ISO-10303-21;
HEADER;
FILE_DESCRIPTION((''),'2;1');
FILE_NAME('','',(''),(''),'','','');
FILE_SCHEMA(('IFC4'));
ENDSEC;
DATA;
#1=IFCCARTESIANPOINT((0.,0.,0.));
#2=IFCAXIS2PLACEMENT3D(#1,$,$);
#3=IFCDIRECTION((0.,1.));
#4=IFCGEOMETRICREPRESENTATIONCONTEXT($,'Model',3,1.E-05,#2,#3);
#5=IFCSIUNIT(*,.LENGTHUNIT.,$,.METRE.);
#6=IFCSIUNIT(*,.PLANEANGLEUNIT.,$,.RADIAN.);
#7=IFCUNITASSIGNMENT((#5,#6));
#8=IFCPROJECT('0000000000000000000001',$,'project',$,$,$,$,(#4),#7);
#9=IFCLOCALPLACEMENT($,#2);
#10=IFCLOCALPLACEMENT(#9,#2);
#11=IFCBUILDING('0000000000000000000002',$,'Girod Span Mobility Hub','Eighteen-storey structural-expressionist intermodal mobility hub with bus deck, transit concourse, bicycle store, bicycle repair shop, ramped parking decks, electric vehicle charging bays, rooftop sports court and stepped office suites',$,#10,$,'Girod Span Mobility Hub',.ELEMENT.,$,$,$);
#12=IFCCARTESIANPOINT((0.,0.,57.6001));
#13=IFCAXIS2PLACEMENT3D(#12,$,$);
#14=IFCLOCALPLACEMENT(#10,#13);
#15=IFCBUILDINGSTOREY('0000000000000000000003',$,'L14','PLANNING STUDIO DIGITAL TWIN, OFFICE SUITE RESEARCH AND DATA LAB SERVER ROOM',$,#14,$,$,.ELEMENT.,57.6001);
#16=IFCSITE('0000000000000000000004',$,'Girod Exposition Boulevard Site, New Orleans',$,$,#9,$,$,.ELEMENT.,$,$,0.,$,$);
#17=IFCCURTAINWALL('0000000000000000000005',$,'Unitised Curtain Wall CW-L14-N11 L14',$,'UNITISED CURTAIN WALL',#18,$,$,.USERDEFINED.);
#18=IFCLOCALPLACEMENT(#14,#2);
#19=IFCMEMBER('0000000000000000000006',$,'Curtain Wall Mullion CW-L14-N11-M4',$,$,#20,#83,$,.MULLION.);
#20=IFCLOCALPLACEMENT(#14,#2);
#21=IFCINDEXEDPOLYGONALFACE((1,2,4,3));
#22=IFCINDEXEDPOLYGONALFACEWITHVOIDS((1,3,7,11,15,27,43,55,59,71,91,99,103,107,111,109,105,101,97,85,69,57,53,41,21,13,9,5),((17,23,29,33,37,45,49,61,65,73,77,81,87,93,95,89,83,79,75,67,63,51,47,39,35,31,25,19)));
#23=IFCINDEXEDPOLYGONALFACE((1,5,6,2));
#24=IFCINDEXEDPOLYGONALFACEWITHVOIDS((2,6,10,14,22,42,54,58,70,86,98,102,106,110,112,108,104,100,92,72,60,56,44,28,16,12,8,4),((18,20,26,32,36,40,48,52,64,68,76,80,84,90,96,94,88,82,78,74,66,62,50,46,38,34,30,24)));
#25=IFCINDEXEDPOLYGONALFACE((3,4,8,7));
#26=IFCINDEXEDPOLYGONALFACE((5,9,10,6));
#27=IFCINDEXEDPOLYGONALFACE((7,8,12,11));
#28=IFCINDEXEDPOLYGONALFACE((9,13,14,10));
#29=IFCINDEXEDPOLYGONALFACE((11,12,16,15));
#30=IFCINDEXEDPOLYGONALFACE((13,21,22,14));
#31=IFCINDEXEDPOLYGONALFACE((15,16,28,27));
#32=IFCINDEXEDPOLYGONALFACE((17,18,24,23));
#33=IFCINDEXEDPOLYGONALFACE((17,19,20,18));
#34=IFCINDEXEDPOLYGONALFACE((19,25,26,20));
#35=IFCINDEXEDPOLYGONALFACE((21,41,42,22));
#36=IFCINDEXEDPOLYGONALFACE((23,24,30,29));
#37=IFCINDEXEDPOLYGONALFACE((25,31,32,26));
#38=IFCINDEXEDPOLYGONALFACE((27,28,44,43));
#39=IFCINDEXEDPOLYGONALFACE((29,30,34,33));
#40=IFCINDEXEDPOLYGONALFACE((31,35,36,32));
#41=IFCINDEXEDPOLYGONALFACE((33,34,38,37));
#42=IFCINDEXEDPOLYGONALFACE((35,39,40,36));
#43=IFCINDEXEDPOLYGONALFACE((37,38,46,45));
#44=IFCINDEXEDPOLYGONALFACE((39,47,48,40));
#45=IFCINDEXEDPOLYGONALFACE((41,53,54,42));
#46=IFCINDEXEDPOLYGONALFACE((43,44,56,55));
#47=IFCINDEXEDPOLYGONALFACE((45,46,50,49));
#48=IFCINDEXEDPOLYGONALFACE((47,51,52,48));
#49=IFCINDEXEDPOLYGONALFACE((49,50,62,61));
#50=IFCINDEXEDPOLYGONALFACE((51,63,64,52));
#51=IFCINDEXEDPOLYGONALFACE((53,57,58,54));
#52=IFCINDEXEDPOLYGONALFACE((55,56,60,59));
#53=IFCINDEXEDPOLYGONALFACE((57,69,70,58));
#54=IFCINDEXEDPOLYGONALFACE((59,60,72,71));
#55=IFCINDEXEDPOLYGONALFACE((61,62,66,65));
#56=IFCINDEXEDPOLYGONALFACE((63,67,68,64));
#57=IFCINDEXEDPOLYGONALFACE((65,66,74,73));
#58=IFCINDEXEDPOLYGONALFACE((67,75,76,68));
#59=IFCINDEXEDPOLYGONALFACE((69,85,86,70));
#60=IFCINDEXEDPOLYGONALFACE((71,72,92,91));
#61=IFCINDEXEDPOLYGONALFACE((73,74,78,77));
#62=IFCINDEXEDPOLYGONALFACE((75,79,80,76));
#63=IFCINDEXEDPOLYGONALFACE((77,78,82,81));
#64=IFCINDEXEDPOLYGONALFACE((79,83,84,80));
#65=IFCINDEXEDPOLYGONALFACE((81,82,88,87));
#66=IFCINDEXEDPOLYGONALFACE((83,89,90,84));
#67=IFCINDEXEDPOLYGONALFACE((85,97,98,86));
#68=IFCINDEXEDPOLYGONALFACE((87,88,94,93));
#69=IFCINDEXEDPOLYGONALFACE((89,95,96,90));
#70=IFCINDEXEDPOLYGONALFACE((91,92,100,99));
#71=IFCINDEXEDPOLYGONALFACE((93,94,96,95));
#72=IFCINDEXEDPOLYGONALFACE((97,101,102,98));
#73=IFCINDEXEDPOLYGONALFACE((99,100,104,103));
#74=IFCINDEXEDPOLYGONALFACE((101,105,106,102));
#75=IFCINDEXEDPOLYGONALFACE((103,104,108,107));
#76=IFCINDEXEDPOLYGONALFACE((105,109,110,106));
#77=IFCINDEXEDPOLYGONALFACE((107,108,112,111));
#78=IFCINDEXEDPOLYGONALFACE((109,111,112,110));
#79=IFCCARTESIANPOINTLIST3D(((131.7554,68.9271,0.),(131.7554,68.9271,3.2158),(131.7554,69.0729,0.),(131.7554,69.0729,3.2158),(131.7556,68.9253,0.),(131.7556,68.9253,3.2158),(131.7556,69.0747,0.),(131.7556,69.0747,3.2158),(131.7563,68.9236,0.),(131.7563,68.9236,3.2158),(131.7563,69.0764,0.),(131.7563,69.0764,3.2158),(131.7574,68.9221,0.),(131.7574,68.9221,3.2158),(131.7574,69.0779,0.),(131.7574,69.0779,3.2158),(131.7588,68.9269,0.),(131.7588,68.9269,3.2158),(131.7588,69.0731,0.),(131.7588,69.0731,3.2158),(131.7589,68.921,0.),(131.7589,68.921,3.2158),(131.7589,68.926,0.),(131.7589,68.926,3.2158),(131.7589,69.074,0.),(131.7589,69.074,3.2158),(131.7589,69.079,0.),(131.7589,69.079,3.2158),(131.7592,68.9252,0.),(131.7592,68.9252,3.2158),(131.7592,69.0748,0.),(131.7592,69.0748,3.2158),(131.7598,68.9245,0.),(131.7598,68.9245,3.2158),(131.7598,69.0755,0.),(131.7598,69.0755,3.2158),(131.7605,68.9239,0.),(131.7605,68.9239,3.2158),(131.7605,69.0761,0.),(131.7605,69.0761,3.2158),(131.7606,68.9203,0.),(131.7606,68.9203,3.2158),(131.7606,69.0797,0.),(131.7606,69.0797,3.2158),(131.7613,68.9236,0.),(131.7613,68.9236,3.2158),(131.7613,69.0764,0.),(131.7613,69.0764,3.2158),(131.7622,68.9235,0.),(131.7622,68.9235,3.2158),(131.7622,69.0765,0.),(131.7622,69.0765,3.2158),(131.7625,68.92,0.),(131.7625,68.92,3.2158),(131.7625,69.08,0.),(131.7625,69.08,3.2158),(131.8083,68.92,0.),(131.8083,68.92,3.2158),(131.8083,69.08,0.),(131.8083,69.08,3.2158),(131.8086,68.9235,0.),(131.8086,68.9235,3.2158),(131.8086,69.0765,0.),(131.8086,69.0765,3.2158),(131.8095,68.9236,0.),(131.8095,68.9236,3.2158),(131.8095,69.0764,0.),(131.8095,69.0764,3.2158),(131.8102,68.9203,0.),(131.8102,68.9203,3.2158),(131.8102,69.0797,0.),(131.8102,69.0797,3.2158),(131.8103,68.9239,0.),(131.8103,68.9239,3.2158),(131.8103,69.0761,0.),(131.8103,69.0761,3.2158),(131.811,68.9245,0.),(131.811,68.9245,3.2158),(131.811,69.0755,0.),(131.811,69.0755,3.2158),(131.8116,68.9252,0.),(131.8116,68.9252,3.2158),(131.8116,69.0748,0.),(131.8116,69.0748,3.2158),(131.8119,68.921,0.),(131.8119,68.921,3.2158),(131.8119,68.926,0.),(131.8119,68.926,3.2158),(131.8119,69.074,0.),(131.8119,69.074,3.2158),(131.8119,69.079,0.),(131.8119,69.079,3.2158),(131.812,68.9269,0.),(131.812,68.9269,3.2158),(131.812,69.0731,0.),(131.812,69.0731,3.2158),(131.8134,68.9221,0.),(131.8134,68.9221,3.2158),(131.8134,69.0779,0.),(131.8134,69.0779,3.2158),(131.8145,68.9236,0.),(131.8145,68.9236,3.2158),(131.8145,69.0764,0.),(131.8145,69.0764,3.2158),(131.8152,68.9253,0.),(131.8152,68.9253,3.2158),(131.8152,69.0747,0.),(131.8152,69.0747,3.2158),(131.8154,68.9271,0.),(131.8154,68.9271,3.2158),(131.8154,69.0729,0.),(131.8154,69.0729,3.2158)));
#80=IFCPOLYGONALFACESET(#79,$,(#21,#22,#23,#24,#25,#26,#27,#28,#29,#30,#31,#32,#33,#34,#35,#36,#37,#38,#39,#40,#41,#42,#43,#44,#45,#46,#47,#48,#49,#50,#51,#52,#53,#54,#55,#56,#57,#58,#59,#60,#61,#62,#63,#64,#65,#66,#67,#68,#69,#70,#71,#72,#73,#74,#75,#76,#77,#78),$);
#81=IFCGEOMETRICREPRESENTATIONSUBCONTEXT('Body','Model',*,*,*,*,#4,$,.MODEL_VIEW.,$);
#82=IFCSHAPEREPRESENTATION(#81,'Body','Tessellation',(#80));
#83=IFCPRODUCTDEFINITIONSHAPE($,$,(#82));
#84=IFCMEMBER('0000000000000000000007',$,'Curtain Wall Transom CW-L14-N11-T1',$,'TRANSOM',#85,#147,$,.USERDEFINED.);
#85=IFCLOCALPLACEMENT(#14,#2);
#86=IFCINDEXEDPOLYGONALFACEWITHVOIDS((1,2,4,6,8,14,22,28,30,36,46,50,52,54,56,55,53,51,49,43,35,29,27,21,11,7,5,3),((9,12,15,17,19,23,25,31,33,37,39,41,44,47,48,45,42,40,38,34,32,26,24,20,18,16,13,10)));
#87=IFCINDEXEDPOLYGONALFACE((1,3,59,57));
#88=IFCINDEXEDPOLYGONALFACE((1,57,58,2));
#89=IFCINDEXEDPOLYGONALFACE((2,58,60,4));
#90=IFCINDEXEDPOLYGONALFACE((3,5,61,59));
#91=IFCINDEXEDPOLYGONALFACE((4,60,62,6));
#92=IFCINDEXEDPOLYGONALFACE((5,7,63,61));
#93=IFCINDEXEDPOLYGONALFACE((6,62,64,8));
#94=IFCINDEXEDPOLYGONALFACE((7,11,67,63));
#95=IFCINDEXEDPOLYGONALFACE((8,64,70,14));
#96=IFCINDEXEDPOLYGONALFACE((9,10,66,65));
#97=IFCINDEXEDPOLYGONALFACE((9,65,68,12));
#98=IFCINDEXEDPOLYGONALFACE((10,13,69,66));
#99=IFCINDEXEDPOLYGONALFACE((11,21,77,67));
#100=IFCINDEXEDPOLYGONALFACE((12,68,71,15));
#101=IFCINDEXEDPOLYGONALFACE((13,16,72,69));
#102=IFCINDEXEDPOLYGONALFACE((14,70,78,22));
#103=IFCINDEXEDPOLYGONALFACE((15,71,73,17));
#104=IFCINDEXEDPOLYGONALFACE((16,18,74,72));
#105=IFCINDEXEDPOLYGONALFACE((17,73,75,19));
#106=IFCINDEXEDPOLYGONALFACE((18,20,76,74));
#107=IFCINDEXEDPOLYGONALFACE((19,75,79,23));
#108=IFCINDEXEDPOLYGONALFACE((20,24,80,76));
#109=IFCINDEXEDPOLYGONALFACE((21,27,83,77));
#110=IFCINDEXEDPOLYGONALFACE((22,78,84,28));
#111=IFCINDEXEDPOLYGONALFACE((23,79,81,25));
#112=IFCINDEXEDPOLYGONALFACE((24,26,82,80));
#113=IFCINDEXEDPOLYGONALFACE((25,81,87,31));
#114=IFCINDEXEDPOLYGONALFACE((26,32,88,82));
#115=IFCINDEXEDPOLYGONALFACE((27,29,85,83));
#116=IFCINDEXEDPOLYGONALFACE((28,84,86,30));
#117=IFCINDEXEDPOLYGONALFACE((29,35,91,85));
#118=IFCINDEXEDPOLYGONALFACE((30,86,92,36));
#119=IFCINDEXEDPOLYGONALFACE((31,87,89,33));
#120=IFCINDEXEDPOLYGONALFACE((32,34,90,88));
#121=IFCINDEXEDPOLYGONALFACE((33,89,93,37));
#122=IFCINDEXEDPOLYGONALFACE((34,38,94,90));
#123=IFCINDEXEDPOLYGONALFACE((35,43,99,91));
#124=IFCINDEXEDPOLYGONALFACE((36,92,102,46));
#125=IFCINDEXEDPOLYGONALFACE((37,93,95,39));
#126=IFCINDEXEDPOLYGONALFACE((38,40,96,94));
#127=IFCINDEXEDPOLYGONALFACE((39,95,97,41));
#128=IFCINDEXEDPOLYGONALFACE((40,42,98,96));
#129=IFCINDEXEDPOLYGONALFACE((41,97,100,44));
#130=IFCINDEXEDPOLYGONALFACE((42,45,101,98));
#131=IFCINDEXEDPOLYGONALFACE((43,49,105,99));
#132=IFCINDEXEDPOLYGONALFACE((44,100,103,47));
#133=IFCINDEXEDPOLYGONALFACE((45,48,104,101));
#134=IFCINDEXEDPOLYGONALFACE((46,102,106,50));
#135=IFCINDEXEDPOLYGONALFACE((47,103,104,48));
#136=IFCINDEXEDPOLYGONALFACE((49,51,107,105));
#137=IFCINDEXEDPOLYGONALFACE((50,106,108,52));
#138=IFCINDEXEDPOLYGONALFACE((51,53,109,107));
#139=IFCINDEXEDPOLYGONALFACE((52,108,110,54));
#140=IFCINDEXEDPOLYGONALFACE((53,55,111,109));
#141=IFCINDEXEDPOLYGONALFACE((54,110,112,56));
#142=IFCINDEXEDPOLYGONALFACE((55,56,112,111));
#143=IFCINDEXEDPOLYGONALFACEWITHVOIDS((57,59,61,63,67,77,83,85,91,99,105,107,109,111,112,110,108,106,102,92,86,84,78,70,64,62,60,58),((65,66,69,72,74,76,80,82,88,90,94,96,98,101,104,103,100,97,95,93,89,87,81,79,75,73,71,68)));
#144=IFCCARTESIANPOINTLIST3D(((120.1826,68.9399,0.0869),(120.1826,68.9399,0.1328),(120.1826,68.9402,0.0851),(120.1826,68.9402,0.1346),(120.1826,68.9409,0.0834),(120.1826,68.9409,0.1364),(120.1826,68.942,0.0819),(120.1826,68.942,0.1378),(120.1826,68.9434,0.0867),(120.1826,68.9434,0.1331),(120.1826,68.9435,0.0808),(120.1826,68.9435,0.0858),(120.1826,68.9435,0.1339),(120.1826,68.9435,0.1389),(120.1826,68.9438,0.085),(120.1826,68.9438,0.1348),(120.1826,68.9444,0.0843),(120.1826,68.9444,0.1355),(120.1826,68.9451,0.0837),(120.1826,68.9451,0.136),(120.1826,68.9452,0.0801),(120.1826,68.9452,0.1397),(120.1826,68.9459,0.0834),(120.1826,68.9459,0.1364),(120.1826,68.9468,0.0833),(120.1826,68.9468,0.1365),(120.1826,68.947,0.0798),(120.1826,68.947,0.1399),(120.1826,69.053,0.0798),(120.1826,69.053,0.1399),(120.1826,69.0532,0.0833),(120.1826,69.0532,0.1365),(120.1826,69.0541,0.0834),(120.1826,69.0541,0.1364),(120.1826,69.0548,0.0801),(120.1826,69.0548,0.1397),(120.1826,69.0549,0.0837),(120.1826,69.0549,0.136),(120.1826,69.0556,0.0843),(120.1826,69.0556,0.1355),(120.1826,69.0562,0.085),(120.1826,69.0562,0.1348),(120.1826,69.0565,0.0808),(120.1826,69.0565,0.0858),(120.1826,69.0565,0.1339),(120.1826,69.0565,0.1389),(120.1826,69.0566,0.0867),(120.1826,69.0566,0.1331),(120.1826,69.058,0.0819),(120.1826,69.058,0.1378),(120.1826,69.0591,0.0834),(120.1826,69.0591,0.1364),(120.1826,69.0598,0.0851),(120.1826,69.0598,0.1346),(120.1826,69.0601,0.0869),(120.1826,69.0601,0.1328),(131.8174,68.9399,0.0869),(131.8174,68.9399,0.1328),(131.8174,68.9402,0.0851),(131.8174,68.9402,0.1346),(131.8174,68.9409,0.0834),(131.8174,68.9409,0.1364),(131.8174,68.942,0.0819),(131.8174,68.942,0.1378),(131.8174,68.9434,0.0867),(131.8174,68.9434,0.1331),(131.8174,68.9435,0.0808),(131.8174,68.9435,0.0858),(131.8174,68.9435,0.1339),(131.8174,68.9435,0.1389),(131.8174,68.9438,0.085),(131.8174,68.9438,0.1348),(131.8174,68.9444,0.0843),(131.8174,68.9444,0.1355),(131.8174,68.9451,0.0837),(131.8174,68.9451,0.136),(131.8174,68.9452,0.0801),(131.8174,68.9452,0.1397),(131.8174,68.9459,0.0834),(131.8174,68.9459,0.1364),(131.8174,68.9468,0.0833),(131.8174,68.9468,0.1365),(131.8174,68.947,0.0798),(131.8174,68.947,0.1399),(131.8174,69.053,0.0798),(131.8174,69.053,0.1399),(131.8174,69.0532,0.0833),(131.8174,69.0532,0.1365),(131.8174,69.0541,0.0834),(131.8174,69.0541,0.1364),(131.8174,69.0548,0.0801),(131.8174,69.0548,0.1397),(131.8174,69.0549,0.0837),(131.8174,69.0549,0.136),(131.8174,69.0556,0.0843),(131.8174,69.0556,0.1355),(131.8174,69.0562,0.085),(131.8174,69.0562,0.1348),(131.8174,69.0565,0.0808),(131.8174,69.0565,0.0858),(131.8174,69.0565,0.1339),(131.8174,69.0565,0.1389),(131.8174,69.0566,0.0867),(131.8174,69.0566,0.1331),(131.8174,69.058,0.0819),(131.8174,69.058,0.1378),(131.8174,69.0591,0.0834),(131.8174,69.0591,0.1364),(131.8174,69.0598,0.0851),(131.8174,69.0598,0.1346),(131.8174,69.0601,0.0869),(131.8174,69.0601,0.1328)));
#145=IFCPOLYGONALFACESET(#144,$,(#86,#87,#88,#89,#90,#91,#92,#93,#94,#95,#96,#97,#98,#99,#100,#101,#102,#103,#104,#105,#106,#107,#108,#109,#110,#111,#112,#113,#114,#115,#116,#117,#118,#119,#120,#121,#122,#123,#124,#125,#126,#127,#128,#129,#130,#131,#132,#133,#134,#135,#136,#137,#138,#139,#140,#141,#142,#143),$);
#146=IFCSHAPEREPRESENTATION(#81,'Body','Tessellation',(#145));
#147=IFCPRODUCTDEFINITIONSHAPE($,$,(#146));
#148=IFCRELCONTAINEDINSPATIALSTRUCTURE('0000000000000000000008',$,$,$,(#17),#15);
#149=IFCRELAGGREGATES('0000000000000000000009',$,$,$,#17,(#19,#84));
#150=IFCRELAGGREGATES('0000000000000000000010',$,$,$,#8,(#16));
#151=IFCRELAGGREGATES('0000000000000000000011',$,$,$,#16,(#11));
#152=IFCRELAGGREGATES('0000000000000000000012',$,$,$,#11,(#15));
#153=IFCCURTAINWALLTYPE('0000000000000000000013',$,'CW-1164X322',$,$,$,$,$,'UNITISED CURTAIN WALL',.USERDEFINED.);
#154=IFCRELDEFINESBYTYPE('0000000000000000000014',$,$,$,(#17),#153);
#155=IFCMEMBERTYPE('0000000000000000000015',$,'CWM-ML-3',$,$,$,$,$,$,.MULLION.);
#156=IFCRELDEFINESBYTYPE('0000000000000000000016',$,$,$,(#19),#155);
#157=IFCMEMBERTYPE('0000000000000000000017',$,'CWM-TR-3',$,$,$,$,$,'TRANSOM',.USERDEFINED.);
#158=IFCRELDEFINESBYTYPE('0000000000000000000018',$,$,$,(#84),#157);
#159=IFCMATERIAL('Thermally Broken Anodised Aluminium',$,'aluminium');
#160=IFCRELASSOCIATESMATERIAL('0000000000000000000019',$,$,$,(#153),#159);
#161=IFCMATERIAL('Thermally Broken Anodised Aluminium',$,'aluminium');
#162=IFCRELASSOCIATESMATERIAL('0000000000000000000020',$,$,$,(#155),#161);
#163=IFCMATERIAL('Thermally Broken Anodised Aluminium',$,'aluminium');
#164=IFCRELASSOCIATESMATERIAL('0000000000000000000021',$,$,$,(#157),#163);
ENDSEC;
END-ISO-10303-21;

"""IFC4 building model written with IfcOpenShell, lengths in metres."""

from ifc_helpers import new_model, si_unit, direction, frame, origin, origin_2d, place, context, subcontext, project, spatial, hollow_rectangle, extrude, material, material_profile, profile_set, type_object, element, aggregate, save


model = new_model("IFC4")

# Units and contexts
model_context = context("Model", 3, precision=1e-05, world=origin(), true_north=direction((0.0, 1.0)))
body_context = subcontext(model_context, "Body", "Model", "MODEL_VIEW")
ifc_project = project(units=[si_unit("LENGTHUNIT", "METRE"), si_unit("PLANEANGLEUNIT", "RADIAN")], contexts=[model_context])

# Site, building, storey
site_placement = place(None, origin())
site = spatial("IfcSite", under=ifc_project, at=site_placement, Name="Girod Exposition Boulevard Site, New Orleans", CompositionType="ELEMENT", RefElevation=0.0)
building_placement = place(site_placement, origin())
building = spatial("IfcBuilding", under=site, at=building_placement, Name="Girod Span Mobility Hub", Description="Eighteen-storey structural-expressionist intermodal mobility hub with bus deck, transit concourse, bicycle store, bicycle repair shop, ramped parking decks, electric vehicle charging bays, rooftop sports court and stepped office suites", LongName="Girod Span Mobility Hub", CompositionType="ELEMENT")
storey_placement = place(building_placement, frame((0.0, 0.0, 57.6001)))
storey = spatial("IfcBuildingStorey", under=building, at=storey_placement, Name="L14", Description="PLANNING STUDIO DIGITAL TWIN, OFFICE SUITE RESEARCH AND DATA LAB SERVER ROOM", CompositionType="ELEMENT", Elevation=57.6001)

# Curtain wall, members
ifc_material_1 = material(Name="Thermally Broken Anodised Aluminium", Category="aluminium")
curtain_wall_type = type_object("IfcCurtainWallType", Name="CW-1164X322", ElementType="UNITISED CURTAIN WALL", PredefinedType="USERDEFINED", material=ifc_material_1)
curtain_wall_placement = place(storey_placement, origin())
curtain_wall = element("IfcCurtainWall", 1, at=curtain_wall_placement, inside=storey, type_object=curtain_wall_type, Name="Unitised Curtain Wall CW-L14-N11 L14", ObjectType="UNITISED CURTAIN WALL", PredefinedType="USERDEFINED")
ifc_material_2 = material(Name="Thermally Broken Anodised Aluminium", Category="aluminium")
ifc_material_profile_1 = material_profile(ifc_material_2, hollow_rectangle(XDim=0.1599, YDim=0.0601, WallThickness=0.0034, InnerFilletRadius=0.0034, OuterFilletRadius=0.0071, at=origin_2d()), Name="CW-ML-60X160")
ifc_profile_set_1 = profile_set([ifc_material_profile_1], Name="Thermally Broken Anodised Aluminium")
member_type_1 = type_object("IfcMemberType", Name="CWM-ML-3", PredefinedType="MULLION", material=ifc_profile_set_1)
member_1_placement = place(storey_placement, frame((131.7854, 69.0, 0.0), z_axis=(0.0, 0.0, 1.0), x_axis=(0.0, 1.0, 0.0)))
member_1 = element("IfcMember", 2, at=member_1_placement, type_object=member_type_1, Name="Curtain Wall Mullion CW-L14-N11-M4", PredefinedType="MULLION", context=body_context, shape_type="SweptSolid", body=[
    extrude(hollow_rectangle(XDim=0.1599, YDim=0.0601, WallThickness=0.0034, InnerFilletRadius=0.0034, OuterFilletRadius=0.0071, at=origin_2d()), origin(), (0.0, 0.0, 1.0), 3.2158),
])
ifc_material_3 = material(Name="Thermally Broken Anodised Aluminium", Category="aluminium")
ifc_material_profile_2 = material_profile(ifc_material_3, hollow_rectangle(XDim=0.1201, YDim=0.0601, WallThickness=0.0034, InnerFilletRadius=0.0034, OuterFilletRadius=0.0071, at=origin_2d()), Name="CW-TR-60X120")
ifc_profile_set_2 = profile_set([ifc_material_profile_2], Name="Thermally Broken Anodised Aluminium")
member_type_2 = type_object("IfcMemberType", Name="CWM-TR-3", ElementType="TRANSOM", PredefinedType="USERDEFINED", material=ifc_profile_set_2)
member_2_placement = place(storey_placement, frame((120.1826, 69.0, 0.1099), z_axis=(1.0, 0.0, 0.0), x_axis=(0.0, 1.0, 0.0)))
member_2 = element("IfcMember", 3, at=member_2_placement, type_object=member_type_2, Name="Curtain Wall Transom CW-L14-N11-T1", ObjectType="TRANSOM", PredefinedType="USERDEFINED", context=body_context, shape_type="SweptSolid", body=[
    extrude(hollow_rectangle(XDim=0.1201, YDim=0.0601, WallThickness=0.0034, InnerFilletRadius=0.0034, OuterFilletRadius=0.0071, at=origin_2d()), origin(), (0.0, 0.0, 1.0), 11.6348),
])
aggregate(curtain_wall, [member_1, member_2])

save(model, "model.ifc")
